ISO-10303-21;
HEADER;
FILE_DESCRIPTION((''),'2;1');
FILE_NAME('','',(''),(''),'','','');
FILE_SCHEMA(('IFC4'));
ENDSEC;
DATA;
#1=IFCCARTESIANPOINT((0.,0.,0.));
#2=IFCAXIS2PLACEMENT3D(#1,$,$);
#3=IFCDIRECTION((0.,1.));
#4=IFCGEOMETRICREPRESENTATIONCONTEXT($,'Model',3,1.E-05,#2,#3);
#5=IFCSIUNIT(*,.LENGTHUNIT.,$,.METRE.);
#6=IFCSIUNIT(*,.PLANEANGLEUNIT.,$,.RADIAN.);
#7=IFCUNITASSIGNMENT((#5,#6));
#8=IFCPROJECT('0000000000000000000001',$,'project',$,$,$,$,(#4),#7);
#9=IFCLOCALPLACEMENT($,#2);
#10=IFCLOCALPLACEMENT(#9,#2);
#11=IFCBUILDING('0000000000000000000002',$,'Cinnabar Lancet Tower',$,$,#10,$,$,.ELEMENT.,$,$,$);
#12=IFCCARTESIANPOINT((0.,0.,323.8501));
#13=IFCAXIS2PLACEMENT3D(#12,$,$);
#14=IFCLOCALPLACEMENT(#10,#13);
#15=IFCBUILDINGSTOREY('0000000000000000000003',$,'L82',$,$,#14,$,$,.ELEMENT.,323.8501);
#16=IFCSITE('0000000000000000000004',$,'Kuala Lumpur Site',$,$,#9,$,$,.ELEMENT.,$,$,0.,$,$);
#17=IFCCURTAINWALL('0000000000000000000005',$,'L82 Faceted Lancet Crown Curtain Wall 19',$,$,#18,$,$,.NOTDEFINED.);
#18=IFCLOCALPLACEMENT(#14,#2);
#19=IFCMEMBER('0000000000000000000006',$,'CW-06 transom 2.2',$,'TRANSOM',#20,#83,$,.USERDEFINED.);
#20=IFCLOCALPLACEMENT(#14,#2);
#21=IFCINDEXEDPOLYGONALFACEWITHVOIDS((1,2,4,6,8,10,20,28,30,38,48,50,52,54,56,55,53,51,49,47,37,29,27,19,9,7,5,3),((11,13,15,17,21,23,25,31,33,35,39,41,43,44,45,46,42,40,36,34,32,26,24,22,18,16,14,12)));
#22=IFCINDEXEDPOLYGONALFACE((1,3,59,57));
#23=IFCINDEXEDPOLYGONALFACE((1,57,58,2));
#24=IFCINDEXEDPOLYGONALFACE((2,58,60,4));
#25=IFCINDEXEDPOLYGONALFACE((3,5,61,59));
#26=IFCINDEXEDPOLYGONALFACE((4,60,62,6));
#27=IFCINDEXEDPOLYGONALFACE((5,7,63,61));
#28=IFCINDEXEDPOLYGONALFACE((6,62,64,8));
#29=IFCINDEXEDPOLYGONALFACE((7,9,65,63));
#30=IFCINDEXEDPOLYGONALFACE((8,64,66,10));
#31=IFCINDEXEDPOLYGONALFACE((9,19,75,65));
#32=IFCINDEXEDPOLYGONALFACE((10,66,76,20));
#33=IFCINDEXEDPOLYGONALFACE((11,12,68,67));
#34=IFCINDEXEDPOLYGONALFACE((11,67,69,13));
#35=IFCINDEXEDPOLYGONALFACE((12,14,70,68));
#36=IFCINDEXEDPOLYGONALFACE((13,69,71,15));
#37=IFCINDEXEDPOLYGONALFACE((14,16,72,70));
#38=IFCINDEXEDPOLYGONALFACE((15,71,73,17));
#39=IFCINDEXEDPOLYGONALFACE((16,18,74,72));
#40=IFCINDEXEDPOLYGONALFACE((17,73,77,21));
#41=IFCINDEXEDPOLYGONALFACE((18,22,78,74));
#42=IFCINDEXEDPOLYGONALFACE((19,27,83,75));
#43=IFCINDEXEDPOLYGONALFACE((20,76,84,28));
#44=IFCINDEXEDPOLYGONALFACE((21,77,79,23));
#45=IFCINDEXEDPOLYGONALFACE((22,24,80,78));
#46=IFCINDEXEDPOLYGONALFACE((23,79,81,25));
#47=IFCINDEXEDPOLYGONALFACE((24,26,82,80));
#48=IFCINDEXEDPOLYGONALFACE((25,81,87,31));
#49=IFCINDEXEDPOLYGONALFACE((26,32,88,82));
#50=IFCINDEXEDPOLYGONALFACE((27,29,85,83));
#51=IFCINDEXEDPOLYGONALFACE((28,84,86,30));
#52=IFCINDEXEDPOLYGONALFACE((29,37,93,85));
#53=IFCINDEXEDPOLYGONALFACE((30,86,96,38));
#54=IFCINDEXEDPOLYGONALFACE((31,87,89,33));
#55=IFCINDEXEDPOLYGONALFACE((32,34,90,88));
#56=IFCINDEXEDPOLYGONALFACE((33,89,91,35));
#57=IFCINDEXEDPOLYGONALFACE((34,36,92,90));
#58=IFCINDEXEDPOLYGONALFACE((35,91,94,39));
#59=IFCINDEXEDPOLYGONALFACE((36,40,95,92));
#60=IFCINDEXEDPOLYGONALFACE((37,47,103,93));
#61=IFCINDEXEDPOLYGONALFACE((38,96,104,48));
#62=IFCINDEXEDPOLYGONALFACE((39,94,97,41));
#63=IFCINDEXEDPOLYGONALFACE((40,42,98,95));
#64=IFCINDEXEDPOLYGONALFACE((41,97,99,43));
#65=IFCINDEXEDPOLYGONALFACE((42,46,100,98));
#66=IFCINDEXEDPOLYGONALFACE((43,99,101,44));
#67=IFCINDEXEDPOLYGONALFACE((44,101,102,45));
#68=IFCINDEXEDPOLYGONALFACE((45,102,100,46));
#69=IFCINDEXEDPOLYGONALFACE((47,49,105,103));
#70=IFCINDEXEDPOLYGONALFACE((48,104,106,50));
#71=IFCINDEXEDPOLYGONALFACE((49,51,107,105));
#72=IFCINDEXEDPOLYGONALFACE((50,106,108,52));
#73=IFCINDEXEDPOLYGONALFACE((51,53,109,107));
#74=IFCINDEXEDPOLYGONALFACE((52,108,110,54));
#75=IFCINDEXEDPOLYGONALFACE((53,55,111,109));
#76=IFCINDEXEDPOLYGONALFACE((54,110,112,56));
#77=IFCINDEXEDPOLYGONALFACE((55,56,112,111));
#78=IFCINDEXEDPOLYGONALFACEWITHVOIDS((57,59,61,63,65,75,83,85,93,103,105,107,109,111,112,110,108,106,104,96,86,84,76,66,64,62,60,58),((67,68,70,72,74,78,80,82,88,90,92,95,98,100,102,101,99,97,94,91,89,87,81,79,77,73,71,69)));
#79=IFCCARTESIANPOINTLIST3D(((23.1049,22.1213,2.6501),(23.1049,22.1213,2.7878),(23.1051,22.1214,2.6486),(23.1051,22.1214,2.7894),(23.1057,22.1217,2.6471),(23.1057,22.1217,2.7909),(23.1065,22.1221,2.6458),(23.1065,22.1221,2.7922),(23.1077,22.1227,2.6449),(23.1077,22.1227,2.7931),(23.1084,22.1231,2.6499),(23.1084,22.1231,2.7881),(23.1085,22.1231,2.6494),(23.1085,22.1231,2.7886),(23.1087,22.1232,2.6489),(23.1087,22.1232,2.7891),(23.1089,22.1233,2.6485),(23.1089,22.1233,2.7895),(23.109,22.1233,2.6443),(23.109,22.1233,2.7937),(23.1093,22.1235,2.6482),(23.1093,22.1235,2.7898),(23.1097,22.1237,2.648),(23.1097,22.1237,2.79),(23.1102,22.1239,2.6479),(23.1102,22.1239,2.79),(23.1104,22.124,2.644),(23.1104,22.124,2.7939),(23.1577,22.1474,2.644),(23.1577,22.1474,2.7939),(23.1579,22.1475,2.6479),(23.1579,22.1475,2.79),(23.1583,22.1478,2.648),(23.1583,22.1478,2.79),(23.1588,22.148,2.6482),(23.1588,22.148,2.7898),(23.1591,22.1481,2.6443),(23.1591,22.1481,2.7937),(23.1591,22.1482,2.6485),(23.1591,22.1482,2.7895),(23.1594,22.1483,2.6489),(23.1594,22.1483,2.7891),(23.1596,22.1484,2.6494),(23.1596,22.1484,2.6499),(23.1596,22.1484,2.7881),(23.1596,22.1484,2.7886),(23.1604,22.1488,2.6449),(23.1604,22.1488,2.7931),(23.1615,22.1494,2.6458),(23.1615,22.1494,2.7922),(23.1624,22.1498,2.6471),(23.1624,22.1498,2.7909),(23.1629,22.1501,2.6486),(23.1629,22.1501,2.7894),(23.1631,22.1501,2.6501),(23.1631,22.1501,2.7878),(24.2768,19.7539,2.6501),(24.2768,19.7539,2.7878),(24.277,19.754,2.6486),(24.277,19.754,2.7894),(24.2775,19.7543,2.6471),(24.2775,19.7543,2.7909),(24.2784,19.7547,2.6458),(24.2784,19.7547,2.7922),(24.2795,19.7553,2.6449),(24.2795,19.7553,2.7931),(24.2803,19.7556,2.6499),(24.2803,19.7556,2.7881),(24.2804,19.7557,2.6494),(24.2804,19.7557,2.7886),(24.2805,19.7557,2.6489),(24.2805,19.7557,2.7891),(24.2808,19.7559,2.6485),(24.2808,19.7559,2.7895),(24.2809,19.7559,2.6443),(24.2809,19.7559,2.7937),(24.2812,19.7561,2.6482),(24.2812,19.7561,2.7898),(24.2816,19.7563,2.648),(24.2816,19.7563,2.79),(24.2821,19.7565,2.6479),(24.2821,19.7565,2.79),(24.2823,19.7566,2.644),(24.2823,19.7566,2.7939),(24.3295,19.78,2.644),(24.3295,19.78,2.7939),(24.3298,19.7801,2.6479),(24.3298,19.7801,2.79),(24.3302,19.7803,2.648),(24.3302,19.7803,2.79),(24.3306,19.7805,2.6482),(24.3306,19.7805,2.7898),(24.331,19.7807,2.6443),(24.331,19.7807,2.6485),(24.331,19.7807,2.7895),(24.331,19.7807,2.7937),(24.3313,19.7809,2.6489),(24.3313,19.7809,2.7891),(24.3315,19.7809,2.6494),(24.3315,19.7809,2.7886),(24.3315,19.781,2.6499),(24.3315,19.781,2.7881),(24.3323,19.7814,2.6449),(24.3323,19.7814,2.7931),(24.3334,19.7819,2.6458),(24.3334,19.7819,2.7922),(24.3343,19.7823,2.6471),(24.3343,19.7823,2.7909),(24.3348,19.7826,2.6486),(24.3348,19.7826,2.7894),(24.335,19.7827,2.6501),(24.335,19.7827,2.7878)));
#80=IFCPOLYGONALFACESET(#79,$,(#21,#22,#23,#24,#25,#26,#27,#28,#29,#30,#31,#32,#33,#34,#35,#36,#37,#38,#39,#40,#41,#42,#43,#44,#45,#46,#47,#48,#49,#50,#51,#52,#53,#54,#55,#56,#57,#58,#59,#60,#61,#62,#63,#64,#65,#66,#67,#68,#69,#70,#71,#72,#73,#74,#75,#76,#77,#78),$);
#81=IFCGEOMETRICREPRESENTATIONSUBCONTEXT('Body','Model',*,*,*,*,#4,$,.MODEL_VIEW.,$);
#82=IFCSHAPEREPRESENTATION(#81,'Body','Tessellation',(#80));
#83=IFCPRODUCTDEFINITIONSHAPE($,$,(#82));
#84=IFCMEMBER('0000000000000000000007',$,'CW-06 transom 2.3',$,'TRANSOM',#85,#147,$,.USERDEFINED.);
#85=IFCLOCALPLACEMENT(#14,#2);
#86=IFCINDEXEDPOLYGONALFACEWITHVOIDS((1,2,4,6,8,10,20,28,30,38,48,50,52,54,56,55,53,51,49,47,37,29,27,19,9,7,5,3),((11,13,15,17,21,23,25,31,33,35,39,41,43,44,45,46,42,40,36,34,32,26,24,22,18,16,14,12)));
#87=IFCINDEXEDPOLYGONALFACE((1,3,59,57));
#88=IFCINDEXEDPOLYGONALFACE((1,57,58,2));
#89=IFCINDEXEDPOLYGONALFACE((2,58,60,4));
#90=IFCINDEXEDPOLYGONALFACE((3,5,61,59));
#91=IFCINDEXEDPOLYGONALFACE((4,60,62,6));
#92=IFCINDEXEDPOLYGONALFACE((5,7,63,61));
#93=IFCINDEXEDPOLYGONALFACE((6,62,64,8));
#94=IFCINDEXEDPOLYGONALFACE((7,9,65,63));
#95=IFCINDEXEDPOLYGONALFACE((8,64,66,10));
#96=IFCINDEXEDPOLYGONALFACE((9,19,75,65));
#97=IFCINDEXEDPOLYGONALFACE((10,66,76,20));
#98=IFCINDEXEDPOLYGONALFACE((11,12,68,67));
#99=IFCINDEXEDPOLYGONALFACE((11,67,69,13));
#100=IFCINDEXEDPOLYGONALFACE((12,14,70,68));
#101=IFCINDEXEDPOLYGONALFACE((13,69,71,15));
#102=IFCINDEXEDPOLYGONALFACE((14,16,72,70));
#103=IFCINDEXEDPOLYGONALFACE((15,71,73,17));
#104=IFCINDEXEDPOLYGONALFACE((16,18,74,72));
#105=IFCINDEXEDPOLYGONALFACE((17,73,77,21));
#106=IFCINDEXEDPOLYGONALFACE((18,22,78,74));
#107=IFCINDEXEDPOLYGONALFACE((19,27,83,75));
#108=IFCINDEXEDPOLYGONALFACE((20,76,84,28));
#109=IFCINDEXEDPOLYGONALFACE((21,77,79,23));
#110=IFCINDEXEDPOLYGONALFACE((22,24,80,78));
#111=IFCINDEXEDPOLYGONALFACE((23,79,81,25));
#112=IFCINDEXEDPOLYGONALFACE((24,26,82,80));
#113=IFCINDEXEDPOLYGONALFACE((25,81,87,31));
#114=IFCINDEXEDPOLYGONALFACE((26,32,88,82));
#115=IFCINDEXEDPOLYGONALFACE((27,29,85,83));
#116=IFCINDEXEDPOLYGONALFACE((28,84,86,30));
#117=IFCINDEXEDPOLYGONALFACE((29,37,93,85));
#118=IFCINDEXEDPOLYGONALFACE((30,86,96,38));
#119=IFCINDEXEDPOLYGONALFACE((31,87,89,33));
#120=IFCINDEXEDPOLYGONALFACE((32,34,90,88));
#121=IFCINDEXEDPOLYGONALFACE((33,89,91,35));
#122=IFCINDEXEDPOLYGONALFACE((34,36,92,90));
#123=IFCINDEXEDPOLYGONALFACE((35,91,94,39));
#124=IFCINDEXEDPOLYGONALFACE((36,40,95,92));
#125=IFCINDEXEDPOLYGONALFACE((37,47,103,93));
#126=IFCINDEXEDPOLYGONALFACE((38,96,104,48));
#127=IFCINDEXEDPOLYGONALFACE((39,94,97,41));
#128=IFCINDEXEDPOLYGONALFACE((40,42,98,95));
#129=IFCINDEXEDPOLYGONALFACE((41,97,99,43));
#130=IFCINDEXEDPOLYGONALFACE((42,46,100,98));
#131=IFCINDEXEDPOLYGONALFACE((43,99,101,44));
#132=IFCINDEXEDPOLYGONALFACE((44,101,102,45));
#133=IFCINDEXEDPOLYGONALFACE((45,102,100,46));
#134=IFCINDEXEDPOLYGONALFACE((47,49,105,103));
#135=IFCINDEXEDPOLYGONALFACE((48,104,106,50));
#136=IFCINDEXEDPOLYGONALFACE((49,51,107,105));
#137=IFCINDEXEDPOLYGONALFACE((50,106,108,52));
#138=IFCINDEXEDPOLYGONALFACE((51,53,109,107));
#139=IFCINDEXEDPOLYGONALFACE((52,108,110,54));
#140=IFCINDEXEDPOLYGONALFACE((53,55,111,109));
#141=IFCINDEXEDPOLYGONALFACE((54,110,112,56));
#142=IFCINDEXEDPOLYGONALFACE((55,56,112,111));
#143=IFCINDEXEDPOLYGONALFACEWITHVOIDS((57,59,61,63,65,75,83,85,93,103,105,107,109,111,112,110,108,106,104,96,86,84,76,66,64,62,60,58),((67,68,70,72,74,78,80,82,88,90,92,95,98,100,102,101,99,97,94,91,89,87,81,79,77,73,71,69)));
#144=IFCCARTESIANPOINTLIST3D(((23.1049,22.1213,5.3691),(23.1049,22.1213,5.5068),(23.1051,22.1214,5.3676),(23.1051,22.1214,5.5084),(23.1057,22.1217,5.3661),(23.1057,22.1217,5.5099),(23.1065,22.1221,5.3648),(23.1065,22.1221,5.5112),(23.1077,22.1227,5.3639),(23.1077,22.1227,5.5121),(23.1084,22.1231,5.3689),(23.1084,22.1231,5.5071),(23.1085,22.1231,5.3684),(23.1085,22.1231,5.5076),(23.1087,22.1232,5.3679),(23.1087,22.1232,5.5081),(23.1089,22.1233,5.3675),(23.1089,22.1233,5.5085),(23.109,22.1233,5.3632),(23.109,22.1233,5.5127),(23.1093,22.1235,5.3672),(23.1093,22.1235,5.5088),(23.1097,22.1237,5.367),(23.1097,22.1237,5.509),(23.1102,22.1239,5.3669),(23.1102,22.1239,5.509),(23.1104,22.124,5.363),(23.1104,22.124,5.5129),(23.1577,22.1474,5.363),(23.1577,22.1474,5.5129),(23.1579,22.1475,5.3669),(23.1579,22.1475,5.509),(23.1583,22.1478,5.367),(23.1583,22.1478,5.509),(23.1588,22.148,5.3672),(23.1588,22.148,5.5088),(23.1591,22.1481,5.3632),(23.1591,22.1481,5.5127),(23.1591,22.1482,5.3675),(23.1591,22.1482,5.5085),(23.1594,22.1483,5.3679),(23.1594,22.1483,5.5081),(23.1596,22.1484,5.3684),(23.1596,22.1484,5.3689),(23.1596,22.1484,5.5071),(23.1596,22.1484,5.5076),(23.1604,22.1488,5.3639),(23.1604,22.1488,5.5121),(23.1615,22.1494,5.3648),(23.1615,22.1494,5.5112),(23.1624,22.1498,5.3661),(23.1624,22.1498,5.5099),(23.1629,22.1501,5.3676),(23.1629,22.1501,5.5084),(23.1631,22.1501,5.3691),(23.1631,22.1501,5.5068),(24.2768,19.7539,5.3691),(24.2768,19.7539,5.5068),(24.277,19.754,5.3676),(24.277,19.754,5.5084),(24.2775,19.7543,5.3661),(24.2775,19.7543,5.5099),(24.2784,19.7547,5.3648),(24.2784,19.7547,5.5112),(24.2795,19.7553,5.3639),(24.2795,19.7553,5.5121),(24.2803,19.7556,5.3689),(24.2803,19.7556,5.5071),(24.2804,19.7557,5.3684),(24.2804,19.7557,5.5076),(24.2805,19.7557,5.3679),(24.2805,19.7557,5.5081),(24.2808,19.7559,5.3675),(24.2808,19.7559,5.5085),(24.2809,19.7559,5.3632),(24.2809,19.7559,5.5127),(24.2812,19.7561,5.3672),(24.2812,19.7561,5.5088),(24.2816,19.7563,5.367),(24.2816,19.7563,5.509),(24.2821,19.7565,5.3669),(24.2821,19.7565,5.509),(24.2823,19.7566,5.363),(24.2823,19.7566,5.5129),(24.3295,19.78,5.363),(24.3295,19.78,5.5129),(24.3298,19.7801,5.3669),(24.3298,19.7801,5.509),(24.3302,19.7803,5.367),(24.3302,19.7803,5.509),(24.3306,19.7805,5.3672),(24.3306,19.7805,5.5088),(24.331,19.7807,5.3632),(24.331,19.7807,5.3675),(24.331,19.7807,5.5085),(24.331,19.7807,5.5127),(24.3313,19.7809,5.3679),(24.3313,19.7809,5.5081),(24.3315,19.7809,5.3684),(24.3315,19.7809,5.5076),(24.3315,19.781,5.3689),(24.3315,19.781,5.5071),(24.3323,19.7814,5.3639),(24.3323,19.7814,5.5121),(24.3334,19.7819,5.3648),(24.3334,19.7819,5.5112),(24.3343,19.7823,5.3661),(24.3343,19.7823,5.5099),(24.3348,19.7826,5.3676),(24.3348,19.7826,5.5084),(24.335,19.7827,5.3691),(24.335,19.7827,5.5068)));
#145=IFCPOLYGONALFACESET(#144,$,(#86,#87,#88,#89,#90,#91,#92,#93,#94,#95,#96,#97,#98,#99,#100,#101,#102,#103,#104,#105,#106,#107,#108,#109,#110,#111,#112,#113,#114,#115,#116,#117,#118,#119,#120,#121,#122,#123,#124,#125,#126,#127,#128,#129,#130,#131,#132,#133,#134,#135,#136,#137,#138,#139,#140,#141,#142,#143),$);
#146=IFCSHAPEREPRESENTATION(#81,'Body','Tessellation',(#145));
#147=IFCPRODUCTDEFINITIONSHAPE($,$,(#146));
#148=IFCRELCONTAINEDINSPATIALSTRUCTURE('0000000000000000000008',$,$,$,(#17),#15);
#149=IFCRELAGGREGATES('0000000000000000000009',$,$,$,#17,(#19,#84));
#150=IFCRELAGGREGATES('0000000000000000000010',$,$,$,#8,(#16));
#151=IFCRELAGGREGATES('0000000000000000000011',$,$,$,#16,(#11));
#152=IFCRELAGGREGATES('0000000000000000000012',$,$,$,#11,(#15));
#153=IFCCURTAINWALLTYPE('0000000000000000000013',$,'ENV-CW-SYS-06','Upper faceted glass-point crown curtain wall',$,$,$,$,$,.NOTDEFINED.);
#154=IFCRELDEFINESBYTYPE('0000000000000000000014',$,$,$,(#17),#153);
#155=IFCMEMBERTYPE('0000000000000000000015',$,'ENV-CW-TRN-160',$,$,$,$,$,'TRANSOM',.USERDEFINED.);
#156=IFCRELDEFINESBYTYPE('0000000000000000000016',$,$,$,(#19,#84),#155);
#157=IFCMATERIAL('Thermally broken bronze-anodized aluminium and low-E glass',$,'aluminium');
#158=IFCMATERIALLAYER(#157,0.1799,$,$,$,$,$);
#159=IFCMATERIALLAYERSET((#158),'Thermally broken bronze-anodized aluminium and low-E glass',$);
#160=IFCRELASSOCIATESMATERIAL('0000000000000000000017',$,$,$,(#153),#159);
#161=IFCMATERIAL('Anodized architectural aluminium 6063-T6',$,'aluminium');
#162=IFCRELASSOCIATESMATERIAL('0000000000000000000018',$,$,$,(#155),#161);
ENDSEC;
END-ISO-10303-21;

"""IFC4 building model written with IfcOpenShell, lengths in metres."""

from ifc_helpers import new_model, si_unit, direction, frame, origin, origin_2d, place, context, subcontext, project, spatial, hollow_rectangle, extrude, material, layer, layer_set, material_profile, profile_set, type_object, element, aggregate, save


model = new_model("IFC4")

# Units and contexts
model_context = context("Model", 3, precision=1e-05, world=origin(), true_north=direction((0.0, 1.0)))
body_context = subcontext(model_context, "Body", "Model", "MODEL_VIEW")
ifc_project = project(units=[si_unit("LENGTHUNIT", "METRE"), si_unit("PLANEANGLEUNIT", "RADIAN")], contexts=[model_context])

# Site, building, storey
site_placement = place(None, origin())
site = spatial("IfcSite", under=ifc_project, at=site_placement, Name="Kuala Lumpur Site", CompositionType="ELEMENT", RefElevation=0.0)
building_placement = place(site_placement, origin())
building = spatial("IfcBuilding", under=site, at=building_placement, Name="Cinnabar Lancet Tower", CompositionType="ELEMENT")
storey_placement = place(building_placement, frame((0.0, 0.0, 323.8501)))
storey = spatial("IfcBuildingStorey", under=building, at=storey_placement, Name="L82", CompositionType="ELEMENT", Elevation=323.8501)

# Curtain wall
ifc_material_1 = material(Name="Thermally broken bronze-anodized aluminium and low-E glass", Category="aluminium")
ifc_layer_1 = layer(ifc_material_1, 0.1799)
ifc_layer_set_1 = layer_set([ifc_layer_1], Name="Thermally broken bronze-anodized aluminium and low-E glass")
curtain_wall_type = type_object("IfcCurtainWallType", Name="ENV-CW-SYS-06", Description="Upper faceted glass-point crown curtain wall", PredefinedType="NOTDEFINED", material=ifc_layer_set_1)
curtain_wall_1_placement = place(storey_placement, origin())
curtain_wall_1 = element("IfcCurtainWall", 1, at=curtain_wall_1_placement, inside=storey, type_object=curtain_wall_type, Name="L82 Faceted Lancet Crown Curtain Wall 19", PredefinedType="NOTDEFINED")

# Members
ifc_material_2 = material(Name="Anodized architectural aluminium 6063-T6", Category="aluminium")
ifc_material_profile_1 = material_profile(ifc_material_2, hollow_rectangle(XDim=0.0649, YDim=0.1499, WallThickness=0.0039, InnerFilletRadius=0.002, OuterFilletRadius=0.0061, at=origin_2d()), Name="CW-TRN 150x65x4")
ifc_profile_set_1 = profile_set([ifc_material_profile_1], Name="Anodized architectural aluminium 6063-T6")
member_type_1 = type_object("IfcMemberType", Name="ENV-CW-TRN-160", ElementType="TRANSOM", PredefinedType="USERDEFINED", material=ifc_profile_set_1)
member_1_placement = place(storey_placement, frame((23.134, 22.1357, 2.719), z_axis=(0.443624, -0.896213, 0.0), x_axis=(0.896213, 0.443624, 0.0)))
member_1 = element("IfcMember", 2, at=member_1_placement, type_object=member_type_1, Name="CW-06 transom 2.2", ObjectType="TRANSOM", PredefinedType="USERDEFINED", context=body_context, shape_type="SweptSolid", body=[
    extrude(hollow_rectangle(XDim=0.0649, YDim=0.1499, WallThickness=0.0039, InnerFilletRadius=0.002, OuterFilletRadius=0.0061, at=origin_2d()), origin(), (0.0, 0.0, 1.0), 2.6416),
])
member_2_placement = place(storey_placement, frame((23.134, 22.1357, 5.438), z_axis=(0.443624, -0.896213, 0.0), x_axis=(0.896213, 0.443624, 0.0)))
member_2 = element("IfcMember", 3, at=member_2_placement, type_object=member_type_1, Name="CW-06 transom 2.3", ObjectType="TRANSOM", PredefinedType="USERDEFINED", context=body_context, shape_type="SweptSolid", body=[
    extrude(hollow_rectangle(XDim=0.0649, YDim=0.1499, WallThickness=0.0039, InnerFilletRadius=0.002, OuterFilletRadius=0.0061, at=origin_2d()), origin(), (0.0, 0.0, 1.0), 2.6416),
])

aggregate(curtain_wall_1, [member_1, member_2])

save(model, "model.ifc")
